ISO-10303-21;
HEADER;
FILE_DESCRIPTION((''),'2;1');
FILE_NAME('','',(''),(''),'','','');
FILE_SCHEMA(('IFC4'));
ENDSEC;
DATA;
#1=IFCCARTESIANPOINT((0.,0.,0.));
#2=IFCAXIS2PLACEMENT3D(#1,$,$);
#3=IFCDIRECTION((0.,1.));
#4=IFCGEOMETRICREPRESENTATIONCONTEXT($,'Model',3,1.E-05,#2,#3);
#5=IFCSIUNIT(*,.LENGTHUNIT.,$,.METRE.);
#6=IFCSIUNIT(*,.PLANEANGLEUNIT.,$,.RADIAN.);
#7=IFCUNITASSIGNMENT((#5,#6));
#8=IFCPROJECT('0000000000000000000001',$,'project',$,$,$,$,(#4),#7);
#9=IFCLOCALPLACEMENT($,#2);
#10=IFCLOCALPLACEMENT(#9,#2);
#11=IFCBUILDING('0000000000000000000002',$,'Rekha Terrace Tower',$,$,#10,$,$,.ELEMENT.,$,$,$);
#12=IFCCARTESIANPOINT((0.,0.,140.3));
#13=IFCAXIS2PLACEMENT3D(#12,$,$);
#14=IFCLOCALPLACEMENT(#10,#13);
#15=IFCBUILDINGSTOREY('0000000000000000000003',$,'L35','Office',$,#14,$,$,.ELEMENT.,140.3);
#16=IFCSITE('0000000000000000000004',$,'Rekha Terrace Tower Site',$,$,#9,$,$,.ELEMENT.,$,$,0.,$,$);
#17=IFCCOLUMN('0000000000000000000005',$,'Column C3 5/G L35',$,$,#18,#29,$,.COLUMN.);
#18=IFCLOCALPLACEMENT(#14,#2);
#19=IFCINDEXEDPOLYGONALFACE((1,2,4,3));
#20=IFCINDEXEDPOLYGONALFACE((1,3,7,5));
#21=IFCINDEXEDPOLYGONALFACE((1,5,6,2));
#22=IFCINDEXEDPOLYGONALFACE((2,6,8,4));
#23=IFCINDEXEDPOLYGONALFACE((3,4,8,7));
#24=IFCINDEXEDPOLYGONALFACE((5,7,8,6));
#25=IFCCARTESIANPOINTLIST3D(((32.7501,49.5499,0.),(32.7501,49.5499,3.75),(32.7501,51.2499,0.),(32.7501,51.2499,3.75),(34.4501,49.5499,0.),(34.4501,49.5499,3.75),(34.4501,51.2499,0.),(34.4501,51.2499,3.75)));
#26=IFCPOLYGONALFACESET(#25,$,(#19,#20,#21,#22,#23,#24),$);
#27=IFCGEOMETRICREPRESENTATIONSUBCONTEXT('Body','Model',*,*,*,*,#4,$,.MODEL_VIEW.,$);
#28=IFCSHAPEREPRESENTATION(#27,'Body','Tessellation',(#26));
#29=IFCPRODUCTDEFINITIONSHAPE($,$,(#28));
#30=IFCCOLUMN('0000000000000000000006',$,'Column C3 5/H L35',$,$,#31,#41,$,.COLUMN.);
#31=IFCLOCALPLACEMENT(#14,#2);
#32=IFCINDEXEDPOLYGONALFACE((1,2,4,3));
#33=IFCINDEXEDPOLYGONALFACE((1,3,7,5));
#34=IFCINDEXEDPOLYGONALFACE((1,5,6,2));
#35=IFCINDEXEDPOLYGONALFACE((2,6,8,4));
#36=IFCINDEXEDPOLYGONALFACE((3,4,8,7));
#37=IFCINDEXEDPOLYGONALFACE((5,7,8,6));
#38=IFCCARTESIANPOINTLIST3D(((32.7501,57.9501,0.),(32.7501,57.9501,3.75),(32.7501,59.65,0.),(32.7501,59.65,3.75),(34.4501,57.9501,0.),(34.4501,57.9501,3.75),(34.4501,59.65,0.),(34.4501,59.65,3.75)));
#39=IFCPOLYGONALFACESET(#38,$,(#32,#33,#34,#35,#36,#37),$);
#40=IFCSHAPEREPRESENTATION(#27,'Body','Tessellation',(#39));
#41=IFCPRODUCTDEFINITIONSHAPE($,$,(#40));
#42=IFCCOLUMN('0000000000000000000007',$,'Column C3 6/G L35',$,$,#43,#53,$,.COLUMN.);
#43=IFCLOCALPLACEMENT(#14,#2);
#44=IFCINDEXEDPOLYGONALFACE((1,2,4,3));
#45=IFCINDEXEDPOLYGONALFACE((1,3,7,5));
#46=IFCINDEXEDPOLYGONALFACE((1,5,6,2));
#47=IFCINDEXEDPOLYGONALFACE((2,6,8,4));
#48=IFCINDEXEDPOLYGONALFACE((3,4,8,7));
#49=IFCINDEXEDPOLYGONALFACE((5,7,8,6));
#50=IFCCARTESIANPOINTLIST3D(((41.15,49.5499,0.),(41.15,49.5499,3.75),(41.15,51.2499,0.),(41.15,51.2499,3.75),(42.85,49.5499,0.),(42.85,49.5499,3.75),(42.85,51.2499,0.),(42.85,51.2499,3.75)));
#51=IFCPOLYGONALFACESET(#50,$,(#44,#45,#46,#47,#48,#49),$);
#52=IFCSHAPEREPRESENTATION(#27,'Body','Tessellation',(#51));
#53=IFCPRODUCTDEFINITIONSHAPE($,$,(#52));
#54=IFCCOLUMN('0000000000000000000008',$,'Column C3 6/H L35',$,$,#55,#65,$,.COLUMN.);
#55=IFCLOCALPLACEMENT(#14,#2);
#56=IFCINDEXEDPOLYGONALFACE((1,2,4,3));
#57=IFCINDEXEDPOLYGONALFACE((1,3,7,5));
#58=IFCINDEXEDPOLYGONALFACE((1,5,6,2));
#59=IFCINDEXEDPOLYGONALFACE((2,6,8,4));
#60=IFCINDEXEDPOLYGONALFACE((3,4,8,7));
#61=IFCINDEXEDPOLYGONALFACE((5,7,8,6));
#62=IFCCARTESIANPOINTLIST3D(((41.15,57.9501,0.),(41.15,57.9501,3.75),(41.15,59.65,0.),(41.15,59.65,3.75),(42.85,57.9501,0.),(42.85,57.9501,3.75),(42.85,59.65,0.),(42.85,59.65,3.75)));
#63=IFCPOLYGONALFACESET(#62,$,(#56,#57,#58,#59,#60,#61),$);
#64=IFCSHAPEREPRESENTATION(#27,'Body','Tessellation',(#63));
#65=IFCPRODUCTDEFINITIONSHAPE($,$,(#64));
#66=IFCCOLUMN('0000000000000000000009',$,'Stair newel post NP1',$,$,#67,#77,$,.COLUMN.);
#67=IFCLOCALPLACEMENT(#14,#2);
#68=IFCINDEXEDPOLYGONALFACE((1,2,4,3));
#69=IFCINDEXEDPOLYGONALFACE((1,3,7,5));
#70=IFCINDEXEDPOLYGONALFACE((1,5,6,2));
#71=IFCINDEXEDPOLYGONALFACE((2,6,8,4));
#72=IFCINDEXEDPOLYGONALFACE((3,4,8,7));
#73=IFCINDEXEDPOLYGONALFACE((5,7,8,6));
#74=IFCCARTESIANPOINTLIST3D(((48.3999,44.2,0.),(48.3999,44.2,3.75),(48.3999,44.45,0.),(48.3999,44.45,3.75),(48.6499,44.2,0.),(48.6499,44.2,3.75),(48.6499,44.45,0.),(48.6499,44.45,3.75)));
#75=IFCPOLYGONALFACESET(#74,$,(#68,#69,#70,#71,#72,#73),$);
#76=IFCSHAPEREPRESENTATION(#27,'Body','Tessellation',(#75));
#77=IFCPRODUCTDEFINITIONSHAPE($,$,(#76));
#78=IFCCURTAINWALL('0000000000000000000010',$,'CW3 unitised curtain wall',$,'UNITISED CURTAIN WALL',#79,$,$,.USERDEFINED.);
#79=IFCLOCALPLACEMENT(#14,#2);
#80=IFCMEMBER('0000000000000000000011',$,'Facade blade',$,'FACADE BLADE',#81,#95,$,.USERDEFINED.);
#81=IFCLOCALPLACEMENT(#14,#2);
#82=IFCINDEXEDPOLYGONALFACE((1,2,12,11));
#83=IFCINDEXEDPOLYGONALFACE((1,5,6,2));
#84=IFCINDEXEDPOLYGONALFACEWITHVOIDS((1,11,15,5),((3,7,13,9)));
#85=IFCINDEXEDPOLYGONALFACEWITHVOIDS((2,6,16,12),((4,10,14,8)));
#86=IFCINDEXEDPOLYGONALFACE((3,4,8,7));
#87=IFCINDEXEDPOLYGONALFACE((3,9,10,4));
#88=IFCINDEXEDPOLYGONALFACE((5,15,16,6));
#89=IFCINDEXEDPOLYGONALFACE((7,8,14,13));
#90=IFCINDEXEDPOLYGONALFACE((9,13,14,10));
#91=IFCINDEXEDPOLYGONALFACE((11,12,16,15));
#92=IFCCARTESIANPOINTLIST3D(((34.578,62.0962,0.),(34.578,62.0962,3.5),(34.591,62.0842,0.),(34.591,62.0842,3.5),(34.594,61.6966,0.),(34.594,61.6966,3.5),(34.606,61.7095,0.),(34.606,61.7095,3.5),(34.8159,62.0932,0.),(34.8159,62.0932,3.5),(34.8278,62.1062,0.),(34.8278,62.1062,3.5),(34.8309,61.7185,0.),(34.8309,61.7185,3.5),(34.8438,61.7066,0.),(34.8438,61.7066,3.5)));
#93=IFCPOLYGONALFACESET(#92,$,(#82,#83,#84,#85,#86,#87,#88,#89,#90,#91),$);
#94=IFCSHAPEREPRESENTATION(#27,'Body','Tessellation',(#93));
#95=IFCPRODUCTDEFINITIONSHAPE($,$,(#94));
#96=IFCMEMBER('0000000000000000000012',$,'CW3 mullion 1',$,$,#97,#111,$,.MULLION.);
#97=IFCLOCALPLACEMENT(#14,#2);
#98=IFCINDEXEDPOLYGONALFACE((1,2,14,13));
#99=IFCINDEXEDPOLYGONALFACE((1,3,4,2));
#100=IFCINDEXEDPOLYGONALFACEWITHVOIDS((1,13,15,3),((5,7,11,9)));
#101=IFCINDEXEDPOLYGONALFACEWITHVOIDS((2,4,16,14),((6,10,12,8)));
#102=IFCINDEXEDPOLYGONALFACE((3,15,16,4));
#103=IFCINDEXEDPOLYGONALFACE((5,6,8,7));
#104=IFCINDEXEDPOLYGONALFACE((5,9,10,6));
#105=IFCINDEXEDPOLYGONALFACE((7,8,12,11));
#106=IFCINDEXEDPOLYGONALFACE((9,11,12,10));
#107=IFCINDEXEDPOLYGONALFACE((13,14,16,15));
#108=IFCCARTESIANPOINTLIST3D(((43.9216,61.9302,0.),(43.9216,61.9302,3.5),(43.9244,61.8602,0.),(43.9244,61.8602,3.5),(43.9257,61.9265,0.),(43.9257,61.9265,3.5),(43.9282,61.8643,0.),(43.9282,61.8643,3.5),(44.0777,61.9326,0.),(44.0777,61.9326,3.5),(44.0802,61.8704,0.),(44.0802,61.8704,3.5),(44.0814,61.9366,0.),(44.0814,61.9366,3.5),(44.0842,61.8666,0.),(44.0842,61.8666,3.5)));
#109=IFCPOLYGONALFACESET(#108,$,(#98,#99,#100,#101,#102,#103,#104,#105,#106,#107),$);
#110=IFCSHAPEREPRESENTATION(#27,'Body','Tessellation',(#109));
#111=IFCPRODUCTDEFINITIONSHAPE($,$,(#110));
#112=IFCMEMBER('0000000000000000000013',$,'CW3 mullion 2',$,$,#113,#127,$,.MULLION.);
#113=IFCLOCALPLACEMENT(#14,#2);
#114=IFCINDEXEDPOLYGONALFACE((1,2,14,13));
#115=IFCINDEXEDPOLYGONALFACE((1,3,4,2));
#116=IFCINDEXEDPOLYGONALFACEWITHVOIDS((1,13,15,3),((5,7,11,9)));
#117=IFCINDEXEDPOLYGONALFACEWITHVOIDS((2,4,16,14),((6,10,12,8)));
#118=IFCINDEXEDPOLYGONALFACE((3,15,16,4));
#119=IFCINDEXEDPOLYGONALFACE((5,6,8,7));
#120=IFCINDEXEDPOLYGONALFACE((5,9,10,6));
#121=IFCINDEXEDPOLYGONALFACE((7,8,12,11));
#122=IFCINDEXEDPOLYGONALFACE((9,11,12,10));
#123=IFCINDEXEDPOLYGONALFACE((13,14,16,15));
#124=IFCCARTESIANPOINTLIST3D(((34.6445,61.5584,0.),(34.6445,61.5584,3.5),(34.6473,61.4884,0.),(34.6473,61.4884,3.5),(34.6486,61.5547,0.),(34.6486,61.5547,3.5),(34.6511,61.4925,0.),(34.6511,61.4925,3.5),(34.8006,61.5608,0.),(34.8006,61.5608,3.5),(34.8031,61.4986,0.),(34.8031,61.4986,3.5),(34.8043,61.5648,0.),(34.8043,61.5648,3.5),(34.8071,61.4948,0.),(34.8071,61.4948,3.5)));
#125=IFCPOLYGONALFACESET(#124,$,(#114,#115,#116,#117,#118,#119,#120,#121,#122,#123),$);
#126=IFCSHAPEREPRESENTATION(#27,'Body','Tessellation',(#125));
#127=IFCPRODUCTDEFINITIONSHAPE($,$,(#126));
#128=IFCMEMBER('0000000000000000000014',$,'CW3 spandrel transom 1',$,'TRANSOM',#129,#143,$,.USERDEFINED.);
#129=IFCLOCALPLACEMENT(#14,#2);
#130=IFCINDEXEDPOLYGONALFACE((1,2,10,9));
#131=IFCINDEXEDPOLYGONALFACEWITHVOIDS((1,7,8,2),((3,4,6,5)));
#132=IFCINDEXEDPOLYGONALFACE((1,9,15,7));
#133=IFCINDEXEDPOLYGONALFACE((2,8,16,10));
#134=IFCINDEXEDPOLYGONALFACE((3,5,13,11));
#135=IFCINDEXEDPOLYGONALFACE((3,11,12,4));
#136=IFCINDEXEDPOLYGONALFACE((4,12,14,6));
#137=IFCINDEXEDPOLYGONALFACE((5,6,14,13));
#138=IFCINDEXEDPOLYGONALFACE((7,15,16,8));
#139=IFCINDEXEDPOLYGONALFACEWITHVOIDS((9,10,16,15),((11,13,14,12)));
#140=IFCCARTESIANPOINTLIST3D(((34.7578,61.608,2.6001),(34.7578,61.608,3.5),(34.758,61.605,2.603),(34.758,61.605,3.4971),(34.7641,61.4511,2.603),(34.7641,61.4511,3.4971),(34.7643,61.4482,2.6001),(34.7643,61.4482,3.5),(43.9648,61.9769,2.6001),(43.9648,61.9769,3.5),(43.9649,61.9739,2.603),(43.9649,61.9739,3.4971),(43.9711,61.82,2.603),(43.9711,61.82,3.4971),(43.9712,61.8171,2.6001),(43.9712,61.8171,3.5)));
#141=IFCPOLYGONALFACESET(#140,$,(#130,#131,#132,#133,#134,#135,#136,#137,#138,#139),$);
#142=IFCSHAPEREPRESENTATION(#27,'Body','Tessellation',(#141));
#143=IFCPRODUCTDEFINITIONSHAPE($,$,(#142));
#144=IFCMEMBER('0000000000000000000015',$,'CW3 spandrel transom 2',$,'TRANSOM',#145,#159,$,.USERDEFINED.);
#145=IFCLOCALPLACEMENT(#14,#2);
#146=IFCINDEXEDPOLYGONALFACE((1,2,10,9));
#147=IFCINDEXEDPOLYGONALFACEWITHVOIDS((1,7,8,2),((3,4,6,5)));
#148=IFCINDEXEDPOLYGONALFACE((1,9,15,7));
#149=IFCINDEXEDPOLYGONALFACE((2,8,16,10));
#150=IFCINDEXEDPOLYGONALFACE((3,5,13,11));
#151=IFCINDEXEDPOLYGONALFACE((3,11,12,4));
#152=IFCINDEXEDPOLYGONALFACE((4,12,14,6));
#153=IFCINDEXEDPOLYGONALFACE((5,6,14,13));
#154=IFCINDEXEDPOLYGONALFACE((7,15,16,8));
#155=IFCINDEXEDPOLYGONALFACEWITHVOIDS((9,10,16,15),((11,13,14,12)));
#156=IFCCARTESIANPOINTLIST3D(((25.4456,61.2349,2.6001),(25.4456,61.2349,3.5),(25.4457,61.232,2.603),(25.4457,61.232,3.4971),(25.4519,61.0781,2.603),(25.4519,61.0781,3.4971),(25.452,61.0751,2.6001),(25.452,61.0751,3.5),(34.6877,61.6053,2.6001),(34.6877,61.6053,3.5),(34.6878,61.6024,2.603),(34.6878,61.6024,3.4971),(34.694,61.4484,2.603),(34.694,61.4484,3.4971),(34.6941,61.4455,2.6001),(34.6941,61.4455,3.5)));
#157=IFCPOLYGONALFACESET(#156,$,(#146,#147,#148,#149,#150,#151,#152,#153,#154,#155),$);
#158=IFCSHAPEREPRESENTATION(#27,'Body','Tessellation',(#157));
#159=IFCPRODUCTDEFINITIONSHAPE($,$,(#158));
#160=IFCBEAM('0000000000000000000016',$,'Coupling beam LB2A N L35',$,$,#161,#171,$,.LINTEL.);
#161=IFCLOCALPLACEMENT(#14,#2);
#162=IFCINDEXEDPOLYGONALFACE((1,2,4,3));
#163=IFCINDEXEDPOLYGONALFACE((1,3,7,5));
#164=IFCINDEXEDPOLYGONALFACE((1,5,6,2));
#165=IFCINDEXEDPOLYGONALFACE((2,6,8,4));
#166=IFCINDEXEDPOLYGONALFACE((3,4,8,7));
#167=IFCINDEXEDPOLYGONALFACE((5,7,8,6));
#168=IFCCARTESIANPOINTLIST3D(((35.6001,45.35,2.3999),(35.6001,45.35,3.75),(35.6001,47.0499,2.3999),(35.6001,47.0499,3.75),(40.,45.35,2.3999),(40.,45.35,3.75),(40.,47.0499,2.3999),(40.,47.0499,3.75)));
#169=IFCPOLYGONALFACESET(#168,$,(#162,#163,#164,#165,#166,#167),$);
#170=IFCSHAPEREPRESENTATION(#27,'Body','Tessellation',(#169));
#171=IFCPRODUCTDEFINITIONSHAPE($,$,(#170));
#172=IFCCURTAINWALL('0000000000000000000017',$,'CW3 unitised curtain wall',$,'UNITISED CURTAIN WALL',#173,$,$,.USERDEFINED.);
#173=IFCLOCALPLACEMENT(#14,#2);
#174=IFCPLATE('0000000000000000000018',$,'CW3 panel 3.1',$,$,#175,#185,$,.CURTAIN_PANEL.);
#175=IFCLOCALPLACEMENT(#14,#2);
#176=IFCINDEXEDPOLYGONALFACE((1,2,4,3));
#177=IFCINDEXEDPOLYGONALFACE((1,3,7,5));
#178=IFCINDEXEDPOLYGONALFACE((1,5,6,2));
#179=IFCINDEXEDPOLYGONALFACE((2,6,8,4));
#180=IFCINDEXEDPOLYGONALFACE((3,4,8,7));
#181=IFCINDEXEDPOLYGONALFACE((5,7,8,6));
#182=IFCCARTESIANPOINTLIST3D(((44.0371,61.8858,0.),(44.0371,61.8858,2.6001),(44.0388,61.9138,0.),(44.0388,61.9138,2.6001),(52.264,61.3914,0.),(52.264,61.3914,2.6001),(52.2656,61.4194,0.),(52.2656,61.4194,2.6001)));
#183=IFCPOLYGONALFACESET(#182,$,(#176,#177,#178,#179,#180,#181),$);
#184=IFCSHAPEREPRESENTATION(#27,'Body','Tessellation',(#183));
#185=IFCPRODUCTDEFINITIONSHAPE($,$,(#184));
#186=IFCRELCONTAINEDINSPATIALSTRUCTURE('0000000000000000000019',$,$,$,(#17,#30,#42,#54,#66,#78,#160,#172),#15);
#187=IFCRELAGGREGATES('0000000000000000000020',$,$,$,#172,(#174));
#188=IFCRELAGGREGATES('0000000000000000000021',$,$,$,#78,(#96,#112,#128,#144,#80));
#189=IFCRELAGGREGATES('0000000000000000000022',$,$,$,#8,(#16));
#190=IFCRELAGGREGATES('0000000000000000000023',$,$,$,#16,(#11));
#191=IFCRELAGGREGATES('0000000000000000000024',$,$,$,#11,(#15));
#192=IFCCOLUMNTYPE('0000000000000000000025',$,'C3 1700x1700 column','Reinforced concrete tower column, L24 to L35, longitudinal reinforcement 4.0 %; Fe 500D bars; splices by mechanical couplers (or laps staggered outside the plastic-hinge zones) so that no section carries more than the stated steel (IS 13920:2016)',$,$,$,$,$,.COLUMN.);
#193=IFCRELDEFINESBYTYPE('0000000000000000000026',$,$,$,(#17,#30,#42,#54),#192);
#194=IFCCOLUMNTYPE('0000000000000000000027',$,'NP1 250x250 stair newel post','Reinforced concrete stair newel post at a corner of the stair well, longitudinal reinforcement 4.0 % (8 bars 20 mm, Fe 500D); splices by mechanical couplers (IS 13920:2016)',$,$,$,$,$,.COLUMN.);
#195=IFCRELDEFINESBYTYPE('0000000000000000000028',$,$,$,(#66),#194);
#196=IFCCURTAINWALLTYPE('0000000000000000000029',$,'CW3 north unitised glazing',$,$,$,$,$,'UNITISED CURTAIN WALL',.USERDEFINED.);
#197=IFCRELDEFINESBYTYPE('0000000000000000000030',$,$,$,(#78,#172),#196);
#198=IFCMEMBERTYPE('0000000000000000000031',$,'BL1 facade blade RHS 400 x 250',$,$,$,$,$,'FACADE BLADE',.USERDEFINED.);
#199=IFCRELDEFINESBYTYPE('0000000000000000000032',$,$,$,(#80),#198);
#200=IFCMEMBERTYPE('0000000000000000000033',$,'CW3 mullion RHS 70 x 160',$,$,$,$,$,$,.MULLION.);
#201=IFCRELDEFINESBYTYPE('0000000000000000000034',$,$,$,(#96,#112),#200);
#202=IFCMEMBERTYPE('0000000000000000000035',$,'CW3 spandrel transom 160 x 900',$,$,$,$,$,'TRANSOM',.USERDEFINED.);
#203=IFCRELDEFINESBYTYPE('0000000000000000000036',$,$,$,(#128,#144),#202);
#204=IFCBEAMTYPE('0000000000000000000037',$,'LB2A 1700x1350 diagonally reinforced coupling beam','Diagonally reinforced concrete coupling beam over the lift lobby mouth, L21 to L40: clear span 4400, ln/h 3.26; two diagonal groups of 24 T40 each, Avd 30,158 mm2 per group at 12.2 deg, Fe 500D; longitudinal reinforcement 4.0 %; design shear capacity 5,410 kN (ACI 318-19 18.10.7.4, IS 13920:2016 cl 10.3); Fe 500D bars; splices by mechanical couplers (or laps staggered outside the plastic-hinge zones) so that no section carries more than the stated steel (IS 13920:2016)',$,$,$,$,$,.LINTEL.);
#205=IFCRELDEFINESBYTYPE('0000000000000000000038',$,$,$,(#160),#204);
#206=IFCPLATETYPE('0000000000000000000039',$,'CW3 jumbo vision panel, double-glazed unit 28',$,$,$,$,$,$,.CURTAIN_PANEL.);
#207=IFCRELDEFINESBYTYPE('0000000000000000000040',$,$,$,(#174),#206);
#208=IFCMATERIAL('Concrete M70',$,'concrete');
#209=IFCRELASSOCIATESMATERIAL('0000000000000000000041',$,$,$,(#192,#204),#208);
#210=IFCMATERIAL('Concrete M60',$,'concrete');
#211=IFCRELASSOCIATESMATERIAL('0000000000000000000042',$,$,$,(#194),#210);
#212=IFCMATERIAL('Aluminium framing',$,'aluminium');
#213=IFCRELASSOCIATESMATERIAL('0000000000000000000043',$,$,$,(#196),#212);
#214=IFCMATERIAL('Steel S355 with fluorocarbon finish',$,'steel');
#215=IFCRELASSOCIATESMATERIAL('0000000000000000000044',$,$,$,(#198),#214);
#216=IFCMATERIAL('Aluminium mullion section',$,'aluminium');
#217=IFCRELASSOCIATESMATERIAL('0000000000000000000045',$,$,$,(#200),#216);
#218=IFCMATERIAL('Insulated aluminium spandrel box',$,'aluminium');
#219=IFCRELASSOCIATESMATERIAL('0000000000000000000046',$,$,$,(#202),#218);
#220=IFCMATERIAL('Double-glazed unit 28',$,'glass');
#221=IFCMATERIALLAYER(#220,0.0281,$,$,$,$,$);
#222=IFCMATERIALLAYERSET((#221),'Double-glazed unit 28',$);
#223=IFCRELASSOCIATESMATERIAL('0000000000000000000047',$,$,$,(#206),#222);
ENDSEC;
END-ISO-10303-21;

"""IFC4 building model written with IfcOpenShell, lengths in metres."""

from ifc_helpers import new_model, si_unit, direction, frame, origin, origin_2d, place, context, subcontext, project, spatial, rectangle, hollow_rectangle, extrude, material, layer, layer_set, material_profile, profile_set, type_object, element, aggregate, save


model = new_model("IFC4")

# Units and contexts
model_context = context("Model", 3, precision=1e-05, world=origin(), true_north=direction((0.0, 1.0)))
body_context = subcontext(model_context, "Body", "Model", "MODEL_VIEW")
ifc_project = project(units=[si_unit("LENGTHUNIT", "METRE"), si_unit("PLANEANGLEUNIT", "RADIAN")], contexts=[model_context])

# Site, building, storey
site_placement = place(None, origin())
site = spatial("IfcSite", under=ifc_project, at=site_placement, Name="Rekha Terrace Tower Site", CompositionType="ELEMENT", RefElevation=0.0)
building_placement = place(site_placement, origin())
building = spatial("IfcBuilding", under=site, at=building_placement, Name="Rekha Terrace Tower", CompositionType="ELEMENT")
storey_placement = place(building_placement, frame((0.0, 0.0, 140.3)))
storey = spatial("IfcBuildingStorey", under=building, at=storey_placement, Name="L35", Description="Office", CompositionType="ELEMENT", Elevation=140.3)

# Columns
ifc_material_1 = material(Name="Concrete M70", Category="concrete")
ifc_material_profile_1 = material_profile(ifc_material_1, rectangle(XDim=1.7, YDim=1.7, at=origin_2d()), Name="RC 1700x1700")
ifc_profile_set_1 = profile_set([ifc_material_profile_1], Name="Concrete M70")
column_type_1 = type_object("IfcColumnType", Name="C3 1700x1700 column", Description="Reinforced concrete tower column, L24 to L35, longitudinal reinforcement 4.0 %; Fe 500D bars; splices by mechanical couplers (or laps staggered outside the plastic-hinge zones) so that no section carries more than the stated steel (IS 13920:2016)", PredefinedType="COLUMN", material=ifc_profile_set_1)
for number, where, z_axis, x_axis, name in (
    (1, (33.6001, 50.3999, 0.0), (0.0, 0.0, 1.0), (1.0, 0.0, 0.0), "Column C3 5/G L35"),
    (2, (33.6001, 58.8, 0.0), (0.0, 0.0, 1.0), (1.0, 0.0, 0.0), "Column C3 5/H L35"),
    (3, (42.0, 50.3999, 0.0), (0.0, 0.0, 1.0), (1.0, 0.0, 0.0), "Column C3 6/G L35"),
    (4, (42.0, 58.8, 0.0), (0.0, 0.0, 1.0), (1.0, 0.0, 0.0), "Column C3 6/H L35"),
):
    element("IfcColumn", number, at=place(storey_placement, frame(where, z_axis=z_axis, x_axis=x_axis)), inside=storey, type_object=column_type_1, Name=name, PredefinedType="COLUMN", context=body_context, shape_type="SweptSolid", body=[
        extrude(rectangle(XDim=1.7, YDim=1.7, at=origin_2d()), origin(), (0.0, 0.0, 1.0), 3.75),
    ])
ifc_material_2 = material(Name="Concrete M60", Category="concrete")
ifc_material_profile_2 = material_profile(ifc_material_2, rectangle(XDim=0.25, YDim=0.25, at=origin_2d()), Name="RC 250x250")
ifc_profile_set_2 = profile_set([ifc_material_profile_2], Name="Concrete M60")
column_type_2 = type_object("IfcColumnType", Name="NP1 250x250 stair newel post", Description="Reinforced concrete stair newel post at a corner of the stair well, longitudinal reinforcement 4.0 % (8 bars 20 mm, Fe 500D); splices by mechanical couplers (IS 13920:2016)", PredefinedType="COLUMN", material=ifc_profile_set_2)
column_placement = place(storey_placement, frame((48.5249, 44.325, 0.0), z_axis=(0.0, 0.0, 1.0), x_axis=(1.0, 0.0, 0.0)))
element("IfcColumn", 5, at=column_placement, inside=storey, type_object=column_type_2, Name="Stair newel post NP1", PredefinedType="COLUMN", context=body_context, shape_type="SweptSolid", body=[
    extrude(rectangle(XDim=0.25, YDim=0.25, at=origin_2d()), origin(), (0.0, 0.0, 1.0), 3.75),
])

# Curtain wall, members
ifc_material_3 = material(Name="Aluminium framing", Category="aluminium")
curtain_wall_type = type_object("IfcCurtainWallType", Name="CW3 north unitised glazing", ElementType="UNITISED CURTAIN WALL", PredefinedType="USERDEFINED", material=ifc_material_3)
curtain_wall_1_placement = place(storey_placement, origin())
curtain_wall_1 = element("IfcCurtainWall", 6, at=curtain_wall_1_placement, inside=storey, type_object=curtain_wall_type, Name="CW3 unitised curtain wall", ObjectType="UNITISED CURTAIN WALL", PredefinedType="USERDEFINED")
ifc_material_4 = material(Name="Steel S355 with fluorocarbon finish", Category="steel")
ifc_material_profile_3 = material_profile(ifc_material_4, hollow_rectangle(XDim=0.25, YDim=0.3999, WallThickness=0.0125, at=origin_2d()), Name="RHS400x250x12.5")
ifc_profile_set_3 = profile_set([ifc_material_profile_3], Name="Steel S355 with fluorocarbon finish")
member_type_1 = type_object("IfcMemberType", Name="BL1 facade blade RHS 400 x 250", ElementType="FACADE BLADE", PredefinedType="USERDEFINED", material=ifc_profile_set_3)
member_1_placement = place(storey_placement, frame((34.7109, 61.9014, 0.0), z_axis=(0.0, 0.0, 1.0), x_axis=(-0.999198, -0.040032, 0.0)))
member_1 = element("IfcMember", 7, at=member_1_placement, type_object=member_type_1, Name="Facade blade", ObjectType="FACADE BLADE", PredefinedType="USERDEFINED", context=body_context, shape_type="SweptSolid", body=[
    extrude(hollow_rectangle(XDim=0.25, YDim=0.3999, WallThickness=0.0125, at=origin_2d()), origin(), (0.0, 0.0, 1.0), 3.5),
])
ifc_material_5 = material(Name="Aluminium mullion section", Category="aluminium")
ifc_material_profile_4 = material_profile(ifc_material_5, hollow_rectangle(XDim=0.0701, YDim=0.1599, WallThickness=0.0039, at=origin_2d()), Name="AL RHS 70x160")
ifc_profile_set_4 = profile_set([ifc_material_profile_4], Name="Aluminium mullion section")
member_type_2 = type_object("IfcMemberType", Name="CW3 mullion RHS 70 x 160", PredefinedType="MULLION", material=ifc_profile_set_4)
member_2_placement = place(storey_placement, frame((44.0029, 61.8984, 0.0), z_axis=(0.0, 0.0, 1.0), x_axis=(0.040032, -0.999198, 0.0)))
member_2 = element("IfcMember", 8, at=member_2_placement, type_object=member_type_2, Name="CW3 mullion 1", PredefinedType="MULLION", context=body_context, shape_type="SweptSolid", body=[
    extrude(hollow_rectangle(XDim=0.0701, YDim=0.1599, WallThickness=0.0039, at=origin_2d()), origin(), (0.0, 0.0, 1.0), 3.5),
])
member_3_placement = place(storey_placement, frame((34.7258, 61.5266, 0.0), z_axis=(0.0, 0.0, 1.0), x_axis=(0.040032, -0.999198, 0.0)))
member_3 = element("IfcMember", 9, at=member_3_placement, type_object=member_type_2, Name="CW3 mullion 2", PredefinedType="MULLION", context=body_context, shape_type="SweptSolid", body=[
    extrude(hollow_rectangle(XDim=0.0701, YDim=0.1599, WallThickness=0.0039, at=origin_2d()), origin(), (0.0, 0.0, 1.0), 3.5),
])
ifc_material_6 = material(Name="Insulated aluminium spandrel box", Category="aluminium")
ifc_material_profile_5 = material_profile(ifc_material_6, hollow_rectangle(XDim=0.1599, YDim=0.8999, WallThickness=0.0029, at=origin_2d()), Name="AL SPANDREL BOX 160x900")
ifc_profile_set_5 = profile_set([ifc_material_profile_5], Name="Insulated aluminium spandrel box")
member_type_3 = type_object("IfcMemberType", Name="CW3 spandrel transom 160 x 900", ElementType="TRANSOM", PredefinedType="USERDEFINED", material=ifc_profile_set_5)
member_4_placement = place(storey_placement, frame((43.968, 61.897, 3.05), z_axis=(-0.999198, -0.040035, 0.0), x_axis=(0.040035, -0.999198, 0.0)))
member_4 = element("IfcMember", 10, at=member_4_placement, type_object=member_type_3, Name="CW3 spandrel transom 1", ObjectType="TRANSOM", PredefinedType="USERDEFINED", context=body_context, shape_type="SweptSolid", body=[
    extrude(hollow_rectangle(XDim=0.1599, YDim=0.8999, WallThickness=0.0029, at=origin_2d()), origin(), (0.0, 0.0, 1.0), 9.2144),
])
member_5_placement = place(storey_placement, frame((34.6909, 61.5254, 3.05), z_axis=(-0.999198, -0.040041, 0.0), x_axis=(0.040041, -0.999198, 0.0)))
member_5 = element("IfcMember", 11, at=member_5_placement, type_object=member_type_3, Name="CW3 spandrel transom 2", ObjectType="TRANSOM", PredefinedType="USERDEFINED", context=body_context, shape_type="SweptSolid", body=[
    extrude(hollow_rectangle(XDim=0.1599, YDim=0.8999, WallThickness=0.0029, at=origin_2d()), origin(), (0.0, 0.0, 1.0), 9.2495),
])

# Beam
ifc_material_profile_6 = material_profile(ifc_material_1, rectangle(XDim=1.7, YDim=1.3501, at=origin_2d()), Name="RC 1700x1350")
ifc_profile_set_6 = profile_set([ifc_material_profile_6], Name="Concrete M70")
beam_type = type_object("IfcBeamType", Name="LB2A 1700x1350 diagonally reinforced coupling beam", Description="Diagonally reinforced concrete coupling beam over the lift lobby mouth, L21 to L40: clear span 4400, ln/h 3.26; two diagonal groups of 24 T40 each, Avd 30,158 mm2 per group at 12.2 deg, Fe 500D; longitudinal reinforcement 4.0 %; design shear capacity 5,410 kN (ACI 318-19 18.10.7.4, IS 13920:2016 cl 10.3); Fe 500D bars; splices by mechanical couplers (or laps staggered outside the plastic-hinge zones) so that no section carries more than the stated steel (IS 13920:2016)", PredefinedType="LINTEL", material=ifc_profile_set_6)
beam_placement = place(storey_placement, frame((35.6001, 46.2, 3.075), z_axis=(1.0, 0.0, 0.0), x_axis=(0.0, 1.0, 0.0)))
element("IfcBeam", 12, at=beam_placement, inside=storey, type_object=beam_type, Name="Coupling beam LB2A N L35", PredefinedType="LINTEL", context=body_context, shape_type="SweptSolid", body=[
    extrude(rectangle(XDim=1.7, YDim=1.3501, at=origin_2d()), origin(), (0.0, 0.0, 1.0), 4.3999),
])

# Curtain wall, plate
curtain_wall_2_placement = place(storey_placement, origin())
curtain_wall_2 = element("IfcCurtainWall", 13, at=curtain_wall_2_placement, inside=storey, type_object=curtain_wall_type, Name="CW3 unitised curtain wall", ObjectType="UNITISED CURTAIN WALL", PredefinedType="USERDEFINED")
ifc_material_7 = material(Name="Double-glazed unit 28", Category="glass")
ifc_layer_1 = layer(ifc_material_7, 0.0281)
ifc_layer_set_1 = layer_set([ifc_layer_1], Name="Double-glazed unit 28")
plate_type = type_object("IfcPlateType", Name="CW3 jumbo vision panel, double-glazed unit 28", PredefinedType="CURTAIN_PANEL", material=ifc_layer_set_1)
plate_1_placement = place(storey_placement, frame((48.1514, 61.6526, 0.0), z_axis=(0.0, 0.0, 1.0), x_axis=(-0.998199, 0.059988, 0.0)))
plate_1 = element("IfcPlate", 14, at=plate_1_placement, type_object=plate_type, Name="CW3 panel 3.1", PredefinedType="CURTAIN_PANEL", context=body_context, shape_type="SweptSolid", body=[
    extrude(rectangle(XDim=8.2417, YDim=0.0281, at=origin_2d()), origin(), (0.0, 0.0, 1.0), 2.6001),
])
aggregate(curtain_wall_2, [plate_1])

aggregate(curtain_wall_1, [member_2, member_3, member_4, member_5, member_1])

save(model, "model.ifc")
